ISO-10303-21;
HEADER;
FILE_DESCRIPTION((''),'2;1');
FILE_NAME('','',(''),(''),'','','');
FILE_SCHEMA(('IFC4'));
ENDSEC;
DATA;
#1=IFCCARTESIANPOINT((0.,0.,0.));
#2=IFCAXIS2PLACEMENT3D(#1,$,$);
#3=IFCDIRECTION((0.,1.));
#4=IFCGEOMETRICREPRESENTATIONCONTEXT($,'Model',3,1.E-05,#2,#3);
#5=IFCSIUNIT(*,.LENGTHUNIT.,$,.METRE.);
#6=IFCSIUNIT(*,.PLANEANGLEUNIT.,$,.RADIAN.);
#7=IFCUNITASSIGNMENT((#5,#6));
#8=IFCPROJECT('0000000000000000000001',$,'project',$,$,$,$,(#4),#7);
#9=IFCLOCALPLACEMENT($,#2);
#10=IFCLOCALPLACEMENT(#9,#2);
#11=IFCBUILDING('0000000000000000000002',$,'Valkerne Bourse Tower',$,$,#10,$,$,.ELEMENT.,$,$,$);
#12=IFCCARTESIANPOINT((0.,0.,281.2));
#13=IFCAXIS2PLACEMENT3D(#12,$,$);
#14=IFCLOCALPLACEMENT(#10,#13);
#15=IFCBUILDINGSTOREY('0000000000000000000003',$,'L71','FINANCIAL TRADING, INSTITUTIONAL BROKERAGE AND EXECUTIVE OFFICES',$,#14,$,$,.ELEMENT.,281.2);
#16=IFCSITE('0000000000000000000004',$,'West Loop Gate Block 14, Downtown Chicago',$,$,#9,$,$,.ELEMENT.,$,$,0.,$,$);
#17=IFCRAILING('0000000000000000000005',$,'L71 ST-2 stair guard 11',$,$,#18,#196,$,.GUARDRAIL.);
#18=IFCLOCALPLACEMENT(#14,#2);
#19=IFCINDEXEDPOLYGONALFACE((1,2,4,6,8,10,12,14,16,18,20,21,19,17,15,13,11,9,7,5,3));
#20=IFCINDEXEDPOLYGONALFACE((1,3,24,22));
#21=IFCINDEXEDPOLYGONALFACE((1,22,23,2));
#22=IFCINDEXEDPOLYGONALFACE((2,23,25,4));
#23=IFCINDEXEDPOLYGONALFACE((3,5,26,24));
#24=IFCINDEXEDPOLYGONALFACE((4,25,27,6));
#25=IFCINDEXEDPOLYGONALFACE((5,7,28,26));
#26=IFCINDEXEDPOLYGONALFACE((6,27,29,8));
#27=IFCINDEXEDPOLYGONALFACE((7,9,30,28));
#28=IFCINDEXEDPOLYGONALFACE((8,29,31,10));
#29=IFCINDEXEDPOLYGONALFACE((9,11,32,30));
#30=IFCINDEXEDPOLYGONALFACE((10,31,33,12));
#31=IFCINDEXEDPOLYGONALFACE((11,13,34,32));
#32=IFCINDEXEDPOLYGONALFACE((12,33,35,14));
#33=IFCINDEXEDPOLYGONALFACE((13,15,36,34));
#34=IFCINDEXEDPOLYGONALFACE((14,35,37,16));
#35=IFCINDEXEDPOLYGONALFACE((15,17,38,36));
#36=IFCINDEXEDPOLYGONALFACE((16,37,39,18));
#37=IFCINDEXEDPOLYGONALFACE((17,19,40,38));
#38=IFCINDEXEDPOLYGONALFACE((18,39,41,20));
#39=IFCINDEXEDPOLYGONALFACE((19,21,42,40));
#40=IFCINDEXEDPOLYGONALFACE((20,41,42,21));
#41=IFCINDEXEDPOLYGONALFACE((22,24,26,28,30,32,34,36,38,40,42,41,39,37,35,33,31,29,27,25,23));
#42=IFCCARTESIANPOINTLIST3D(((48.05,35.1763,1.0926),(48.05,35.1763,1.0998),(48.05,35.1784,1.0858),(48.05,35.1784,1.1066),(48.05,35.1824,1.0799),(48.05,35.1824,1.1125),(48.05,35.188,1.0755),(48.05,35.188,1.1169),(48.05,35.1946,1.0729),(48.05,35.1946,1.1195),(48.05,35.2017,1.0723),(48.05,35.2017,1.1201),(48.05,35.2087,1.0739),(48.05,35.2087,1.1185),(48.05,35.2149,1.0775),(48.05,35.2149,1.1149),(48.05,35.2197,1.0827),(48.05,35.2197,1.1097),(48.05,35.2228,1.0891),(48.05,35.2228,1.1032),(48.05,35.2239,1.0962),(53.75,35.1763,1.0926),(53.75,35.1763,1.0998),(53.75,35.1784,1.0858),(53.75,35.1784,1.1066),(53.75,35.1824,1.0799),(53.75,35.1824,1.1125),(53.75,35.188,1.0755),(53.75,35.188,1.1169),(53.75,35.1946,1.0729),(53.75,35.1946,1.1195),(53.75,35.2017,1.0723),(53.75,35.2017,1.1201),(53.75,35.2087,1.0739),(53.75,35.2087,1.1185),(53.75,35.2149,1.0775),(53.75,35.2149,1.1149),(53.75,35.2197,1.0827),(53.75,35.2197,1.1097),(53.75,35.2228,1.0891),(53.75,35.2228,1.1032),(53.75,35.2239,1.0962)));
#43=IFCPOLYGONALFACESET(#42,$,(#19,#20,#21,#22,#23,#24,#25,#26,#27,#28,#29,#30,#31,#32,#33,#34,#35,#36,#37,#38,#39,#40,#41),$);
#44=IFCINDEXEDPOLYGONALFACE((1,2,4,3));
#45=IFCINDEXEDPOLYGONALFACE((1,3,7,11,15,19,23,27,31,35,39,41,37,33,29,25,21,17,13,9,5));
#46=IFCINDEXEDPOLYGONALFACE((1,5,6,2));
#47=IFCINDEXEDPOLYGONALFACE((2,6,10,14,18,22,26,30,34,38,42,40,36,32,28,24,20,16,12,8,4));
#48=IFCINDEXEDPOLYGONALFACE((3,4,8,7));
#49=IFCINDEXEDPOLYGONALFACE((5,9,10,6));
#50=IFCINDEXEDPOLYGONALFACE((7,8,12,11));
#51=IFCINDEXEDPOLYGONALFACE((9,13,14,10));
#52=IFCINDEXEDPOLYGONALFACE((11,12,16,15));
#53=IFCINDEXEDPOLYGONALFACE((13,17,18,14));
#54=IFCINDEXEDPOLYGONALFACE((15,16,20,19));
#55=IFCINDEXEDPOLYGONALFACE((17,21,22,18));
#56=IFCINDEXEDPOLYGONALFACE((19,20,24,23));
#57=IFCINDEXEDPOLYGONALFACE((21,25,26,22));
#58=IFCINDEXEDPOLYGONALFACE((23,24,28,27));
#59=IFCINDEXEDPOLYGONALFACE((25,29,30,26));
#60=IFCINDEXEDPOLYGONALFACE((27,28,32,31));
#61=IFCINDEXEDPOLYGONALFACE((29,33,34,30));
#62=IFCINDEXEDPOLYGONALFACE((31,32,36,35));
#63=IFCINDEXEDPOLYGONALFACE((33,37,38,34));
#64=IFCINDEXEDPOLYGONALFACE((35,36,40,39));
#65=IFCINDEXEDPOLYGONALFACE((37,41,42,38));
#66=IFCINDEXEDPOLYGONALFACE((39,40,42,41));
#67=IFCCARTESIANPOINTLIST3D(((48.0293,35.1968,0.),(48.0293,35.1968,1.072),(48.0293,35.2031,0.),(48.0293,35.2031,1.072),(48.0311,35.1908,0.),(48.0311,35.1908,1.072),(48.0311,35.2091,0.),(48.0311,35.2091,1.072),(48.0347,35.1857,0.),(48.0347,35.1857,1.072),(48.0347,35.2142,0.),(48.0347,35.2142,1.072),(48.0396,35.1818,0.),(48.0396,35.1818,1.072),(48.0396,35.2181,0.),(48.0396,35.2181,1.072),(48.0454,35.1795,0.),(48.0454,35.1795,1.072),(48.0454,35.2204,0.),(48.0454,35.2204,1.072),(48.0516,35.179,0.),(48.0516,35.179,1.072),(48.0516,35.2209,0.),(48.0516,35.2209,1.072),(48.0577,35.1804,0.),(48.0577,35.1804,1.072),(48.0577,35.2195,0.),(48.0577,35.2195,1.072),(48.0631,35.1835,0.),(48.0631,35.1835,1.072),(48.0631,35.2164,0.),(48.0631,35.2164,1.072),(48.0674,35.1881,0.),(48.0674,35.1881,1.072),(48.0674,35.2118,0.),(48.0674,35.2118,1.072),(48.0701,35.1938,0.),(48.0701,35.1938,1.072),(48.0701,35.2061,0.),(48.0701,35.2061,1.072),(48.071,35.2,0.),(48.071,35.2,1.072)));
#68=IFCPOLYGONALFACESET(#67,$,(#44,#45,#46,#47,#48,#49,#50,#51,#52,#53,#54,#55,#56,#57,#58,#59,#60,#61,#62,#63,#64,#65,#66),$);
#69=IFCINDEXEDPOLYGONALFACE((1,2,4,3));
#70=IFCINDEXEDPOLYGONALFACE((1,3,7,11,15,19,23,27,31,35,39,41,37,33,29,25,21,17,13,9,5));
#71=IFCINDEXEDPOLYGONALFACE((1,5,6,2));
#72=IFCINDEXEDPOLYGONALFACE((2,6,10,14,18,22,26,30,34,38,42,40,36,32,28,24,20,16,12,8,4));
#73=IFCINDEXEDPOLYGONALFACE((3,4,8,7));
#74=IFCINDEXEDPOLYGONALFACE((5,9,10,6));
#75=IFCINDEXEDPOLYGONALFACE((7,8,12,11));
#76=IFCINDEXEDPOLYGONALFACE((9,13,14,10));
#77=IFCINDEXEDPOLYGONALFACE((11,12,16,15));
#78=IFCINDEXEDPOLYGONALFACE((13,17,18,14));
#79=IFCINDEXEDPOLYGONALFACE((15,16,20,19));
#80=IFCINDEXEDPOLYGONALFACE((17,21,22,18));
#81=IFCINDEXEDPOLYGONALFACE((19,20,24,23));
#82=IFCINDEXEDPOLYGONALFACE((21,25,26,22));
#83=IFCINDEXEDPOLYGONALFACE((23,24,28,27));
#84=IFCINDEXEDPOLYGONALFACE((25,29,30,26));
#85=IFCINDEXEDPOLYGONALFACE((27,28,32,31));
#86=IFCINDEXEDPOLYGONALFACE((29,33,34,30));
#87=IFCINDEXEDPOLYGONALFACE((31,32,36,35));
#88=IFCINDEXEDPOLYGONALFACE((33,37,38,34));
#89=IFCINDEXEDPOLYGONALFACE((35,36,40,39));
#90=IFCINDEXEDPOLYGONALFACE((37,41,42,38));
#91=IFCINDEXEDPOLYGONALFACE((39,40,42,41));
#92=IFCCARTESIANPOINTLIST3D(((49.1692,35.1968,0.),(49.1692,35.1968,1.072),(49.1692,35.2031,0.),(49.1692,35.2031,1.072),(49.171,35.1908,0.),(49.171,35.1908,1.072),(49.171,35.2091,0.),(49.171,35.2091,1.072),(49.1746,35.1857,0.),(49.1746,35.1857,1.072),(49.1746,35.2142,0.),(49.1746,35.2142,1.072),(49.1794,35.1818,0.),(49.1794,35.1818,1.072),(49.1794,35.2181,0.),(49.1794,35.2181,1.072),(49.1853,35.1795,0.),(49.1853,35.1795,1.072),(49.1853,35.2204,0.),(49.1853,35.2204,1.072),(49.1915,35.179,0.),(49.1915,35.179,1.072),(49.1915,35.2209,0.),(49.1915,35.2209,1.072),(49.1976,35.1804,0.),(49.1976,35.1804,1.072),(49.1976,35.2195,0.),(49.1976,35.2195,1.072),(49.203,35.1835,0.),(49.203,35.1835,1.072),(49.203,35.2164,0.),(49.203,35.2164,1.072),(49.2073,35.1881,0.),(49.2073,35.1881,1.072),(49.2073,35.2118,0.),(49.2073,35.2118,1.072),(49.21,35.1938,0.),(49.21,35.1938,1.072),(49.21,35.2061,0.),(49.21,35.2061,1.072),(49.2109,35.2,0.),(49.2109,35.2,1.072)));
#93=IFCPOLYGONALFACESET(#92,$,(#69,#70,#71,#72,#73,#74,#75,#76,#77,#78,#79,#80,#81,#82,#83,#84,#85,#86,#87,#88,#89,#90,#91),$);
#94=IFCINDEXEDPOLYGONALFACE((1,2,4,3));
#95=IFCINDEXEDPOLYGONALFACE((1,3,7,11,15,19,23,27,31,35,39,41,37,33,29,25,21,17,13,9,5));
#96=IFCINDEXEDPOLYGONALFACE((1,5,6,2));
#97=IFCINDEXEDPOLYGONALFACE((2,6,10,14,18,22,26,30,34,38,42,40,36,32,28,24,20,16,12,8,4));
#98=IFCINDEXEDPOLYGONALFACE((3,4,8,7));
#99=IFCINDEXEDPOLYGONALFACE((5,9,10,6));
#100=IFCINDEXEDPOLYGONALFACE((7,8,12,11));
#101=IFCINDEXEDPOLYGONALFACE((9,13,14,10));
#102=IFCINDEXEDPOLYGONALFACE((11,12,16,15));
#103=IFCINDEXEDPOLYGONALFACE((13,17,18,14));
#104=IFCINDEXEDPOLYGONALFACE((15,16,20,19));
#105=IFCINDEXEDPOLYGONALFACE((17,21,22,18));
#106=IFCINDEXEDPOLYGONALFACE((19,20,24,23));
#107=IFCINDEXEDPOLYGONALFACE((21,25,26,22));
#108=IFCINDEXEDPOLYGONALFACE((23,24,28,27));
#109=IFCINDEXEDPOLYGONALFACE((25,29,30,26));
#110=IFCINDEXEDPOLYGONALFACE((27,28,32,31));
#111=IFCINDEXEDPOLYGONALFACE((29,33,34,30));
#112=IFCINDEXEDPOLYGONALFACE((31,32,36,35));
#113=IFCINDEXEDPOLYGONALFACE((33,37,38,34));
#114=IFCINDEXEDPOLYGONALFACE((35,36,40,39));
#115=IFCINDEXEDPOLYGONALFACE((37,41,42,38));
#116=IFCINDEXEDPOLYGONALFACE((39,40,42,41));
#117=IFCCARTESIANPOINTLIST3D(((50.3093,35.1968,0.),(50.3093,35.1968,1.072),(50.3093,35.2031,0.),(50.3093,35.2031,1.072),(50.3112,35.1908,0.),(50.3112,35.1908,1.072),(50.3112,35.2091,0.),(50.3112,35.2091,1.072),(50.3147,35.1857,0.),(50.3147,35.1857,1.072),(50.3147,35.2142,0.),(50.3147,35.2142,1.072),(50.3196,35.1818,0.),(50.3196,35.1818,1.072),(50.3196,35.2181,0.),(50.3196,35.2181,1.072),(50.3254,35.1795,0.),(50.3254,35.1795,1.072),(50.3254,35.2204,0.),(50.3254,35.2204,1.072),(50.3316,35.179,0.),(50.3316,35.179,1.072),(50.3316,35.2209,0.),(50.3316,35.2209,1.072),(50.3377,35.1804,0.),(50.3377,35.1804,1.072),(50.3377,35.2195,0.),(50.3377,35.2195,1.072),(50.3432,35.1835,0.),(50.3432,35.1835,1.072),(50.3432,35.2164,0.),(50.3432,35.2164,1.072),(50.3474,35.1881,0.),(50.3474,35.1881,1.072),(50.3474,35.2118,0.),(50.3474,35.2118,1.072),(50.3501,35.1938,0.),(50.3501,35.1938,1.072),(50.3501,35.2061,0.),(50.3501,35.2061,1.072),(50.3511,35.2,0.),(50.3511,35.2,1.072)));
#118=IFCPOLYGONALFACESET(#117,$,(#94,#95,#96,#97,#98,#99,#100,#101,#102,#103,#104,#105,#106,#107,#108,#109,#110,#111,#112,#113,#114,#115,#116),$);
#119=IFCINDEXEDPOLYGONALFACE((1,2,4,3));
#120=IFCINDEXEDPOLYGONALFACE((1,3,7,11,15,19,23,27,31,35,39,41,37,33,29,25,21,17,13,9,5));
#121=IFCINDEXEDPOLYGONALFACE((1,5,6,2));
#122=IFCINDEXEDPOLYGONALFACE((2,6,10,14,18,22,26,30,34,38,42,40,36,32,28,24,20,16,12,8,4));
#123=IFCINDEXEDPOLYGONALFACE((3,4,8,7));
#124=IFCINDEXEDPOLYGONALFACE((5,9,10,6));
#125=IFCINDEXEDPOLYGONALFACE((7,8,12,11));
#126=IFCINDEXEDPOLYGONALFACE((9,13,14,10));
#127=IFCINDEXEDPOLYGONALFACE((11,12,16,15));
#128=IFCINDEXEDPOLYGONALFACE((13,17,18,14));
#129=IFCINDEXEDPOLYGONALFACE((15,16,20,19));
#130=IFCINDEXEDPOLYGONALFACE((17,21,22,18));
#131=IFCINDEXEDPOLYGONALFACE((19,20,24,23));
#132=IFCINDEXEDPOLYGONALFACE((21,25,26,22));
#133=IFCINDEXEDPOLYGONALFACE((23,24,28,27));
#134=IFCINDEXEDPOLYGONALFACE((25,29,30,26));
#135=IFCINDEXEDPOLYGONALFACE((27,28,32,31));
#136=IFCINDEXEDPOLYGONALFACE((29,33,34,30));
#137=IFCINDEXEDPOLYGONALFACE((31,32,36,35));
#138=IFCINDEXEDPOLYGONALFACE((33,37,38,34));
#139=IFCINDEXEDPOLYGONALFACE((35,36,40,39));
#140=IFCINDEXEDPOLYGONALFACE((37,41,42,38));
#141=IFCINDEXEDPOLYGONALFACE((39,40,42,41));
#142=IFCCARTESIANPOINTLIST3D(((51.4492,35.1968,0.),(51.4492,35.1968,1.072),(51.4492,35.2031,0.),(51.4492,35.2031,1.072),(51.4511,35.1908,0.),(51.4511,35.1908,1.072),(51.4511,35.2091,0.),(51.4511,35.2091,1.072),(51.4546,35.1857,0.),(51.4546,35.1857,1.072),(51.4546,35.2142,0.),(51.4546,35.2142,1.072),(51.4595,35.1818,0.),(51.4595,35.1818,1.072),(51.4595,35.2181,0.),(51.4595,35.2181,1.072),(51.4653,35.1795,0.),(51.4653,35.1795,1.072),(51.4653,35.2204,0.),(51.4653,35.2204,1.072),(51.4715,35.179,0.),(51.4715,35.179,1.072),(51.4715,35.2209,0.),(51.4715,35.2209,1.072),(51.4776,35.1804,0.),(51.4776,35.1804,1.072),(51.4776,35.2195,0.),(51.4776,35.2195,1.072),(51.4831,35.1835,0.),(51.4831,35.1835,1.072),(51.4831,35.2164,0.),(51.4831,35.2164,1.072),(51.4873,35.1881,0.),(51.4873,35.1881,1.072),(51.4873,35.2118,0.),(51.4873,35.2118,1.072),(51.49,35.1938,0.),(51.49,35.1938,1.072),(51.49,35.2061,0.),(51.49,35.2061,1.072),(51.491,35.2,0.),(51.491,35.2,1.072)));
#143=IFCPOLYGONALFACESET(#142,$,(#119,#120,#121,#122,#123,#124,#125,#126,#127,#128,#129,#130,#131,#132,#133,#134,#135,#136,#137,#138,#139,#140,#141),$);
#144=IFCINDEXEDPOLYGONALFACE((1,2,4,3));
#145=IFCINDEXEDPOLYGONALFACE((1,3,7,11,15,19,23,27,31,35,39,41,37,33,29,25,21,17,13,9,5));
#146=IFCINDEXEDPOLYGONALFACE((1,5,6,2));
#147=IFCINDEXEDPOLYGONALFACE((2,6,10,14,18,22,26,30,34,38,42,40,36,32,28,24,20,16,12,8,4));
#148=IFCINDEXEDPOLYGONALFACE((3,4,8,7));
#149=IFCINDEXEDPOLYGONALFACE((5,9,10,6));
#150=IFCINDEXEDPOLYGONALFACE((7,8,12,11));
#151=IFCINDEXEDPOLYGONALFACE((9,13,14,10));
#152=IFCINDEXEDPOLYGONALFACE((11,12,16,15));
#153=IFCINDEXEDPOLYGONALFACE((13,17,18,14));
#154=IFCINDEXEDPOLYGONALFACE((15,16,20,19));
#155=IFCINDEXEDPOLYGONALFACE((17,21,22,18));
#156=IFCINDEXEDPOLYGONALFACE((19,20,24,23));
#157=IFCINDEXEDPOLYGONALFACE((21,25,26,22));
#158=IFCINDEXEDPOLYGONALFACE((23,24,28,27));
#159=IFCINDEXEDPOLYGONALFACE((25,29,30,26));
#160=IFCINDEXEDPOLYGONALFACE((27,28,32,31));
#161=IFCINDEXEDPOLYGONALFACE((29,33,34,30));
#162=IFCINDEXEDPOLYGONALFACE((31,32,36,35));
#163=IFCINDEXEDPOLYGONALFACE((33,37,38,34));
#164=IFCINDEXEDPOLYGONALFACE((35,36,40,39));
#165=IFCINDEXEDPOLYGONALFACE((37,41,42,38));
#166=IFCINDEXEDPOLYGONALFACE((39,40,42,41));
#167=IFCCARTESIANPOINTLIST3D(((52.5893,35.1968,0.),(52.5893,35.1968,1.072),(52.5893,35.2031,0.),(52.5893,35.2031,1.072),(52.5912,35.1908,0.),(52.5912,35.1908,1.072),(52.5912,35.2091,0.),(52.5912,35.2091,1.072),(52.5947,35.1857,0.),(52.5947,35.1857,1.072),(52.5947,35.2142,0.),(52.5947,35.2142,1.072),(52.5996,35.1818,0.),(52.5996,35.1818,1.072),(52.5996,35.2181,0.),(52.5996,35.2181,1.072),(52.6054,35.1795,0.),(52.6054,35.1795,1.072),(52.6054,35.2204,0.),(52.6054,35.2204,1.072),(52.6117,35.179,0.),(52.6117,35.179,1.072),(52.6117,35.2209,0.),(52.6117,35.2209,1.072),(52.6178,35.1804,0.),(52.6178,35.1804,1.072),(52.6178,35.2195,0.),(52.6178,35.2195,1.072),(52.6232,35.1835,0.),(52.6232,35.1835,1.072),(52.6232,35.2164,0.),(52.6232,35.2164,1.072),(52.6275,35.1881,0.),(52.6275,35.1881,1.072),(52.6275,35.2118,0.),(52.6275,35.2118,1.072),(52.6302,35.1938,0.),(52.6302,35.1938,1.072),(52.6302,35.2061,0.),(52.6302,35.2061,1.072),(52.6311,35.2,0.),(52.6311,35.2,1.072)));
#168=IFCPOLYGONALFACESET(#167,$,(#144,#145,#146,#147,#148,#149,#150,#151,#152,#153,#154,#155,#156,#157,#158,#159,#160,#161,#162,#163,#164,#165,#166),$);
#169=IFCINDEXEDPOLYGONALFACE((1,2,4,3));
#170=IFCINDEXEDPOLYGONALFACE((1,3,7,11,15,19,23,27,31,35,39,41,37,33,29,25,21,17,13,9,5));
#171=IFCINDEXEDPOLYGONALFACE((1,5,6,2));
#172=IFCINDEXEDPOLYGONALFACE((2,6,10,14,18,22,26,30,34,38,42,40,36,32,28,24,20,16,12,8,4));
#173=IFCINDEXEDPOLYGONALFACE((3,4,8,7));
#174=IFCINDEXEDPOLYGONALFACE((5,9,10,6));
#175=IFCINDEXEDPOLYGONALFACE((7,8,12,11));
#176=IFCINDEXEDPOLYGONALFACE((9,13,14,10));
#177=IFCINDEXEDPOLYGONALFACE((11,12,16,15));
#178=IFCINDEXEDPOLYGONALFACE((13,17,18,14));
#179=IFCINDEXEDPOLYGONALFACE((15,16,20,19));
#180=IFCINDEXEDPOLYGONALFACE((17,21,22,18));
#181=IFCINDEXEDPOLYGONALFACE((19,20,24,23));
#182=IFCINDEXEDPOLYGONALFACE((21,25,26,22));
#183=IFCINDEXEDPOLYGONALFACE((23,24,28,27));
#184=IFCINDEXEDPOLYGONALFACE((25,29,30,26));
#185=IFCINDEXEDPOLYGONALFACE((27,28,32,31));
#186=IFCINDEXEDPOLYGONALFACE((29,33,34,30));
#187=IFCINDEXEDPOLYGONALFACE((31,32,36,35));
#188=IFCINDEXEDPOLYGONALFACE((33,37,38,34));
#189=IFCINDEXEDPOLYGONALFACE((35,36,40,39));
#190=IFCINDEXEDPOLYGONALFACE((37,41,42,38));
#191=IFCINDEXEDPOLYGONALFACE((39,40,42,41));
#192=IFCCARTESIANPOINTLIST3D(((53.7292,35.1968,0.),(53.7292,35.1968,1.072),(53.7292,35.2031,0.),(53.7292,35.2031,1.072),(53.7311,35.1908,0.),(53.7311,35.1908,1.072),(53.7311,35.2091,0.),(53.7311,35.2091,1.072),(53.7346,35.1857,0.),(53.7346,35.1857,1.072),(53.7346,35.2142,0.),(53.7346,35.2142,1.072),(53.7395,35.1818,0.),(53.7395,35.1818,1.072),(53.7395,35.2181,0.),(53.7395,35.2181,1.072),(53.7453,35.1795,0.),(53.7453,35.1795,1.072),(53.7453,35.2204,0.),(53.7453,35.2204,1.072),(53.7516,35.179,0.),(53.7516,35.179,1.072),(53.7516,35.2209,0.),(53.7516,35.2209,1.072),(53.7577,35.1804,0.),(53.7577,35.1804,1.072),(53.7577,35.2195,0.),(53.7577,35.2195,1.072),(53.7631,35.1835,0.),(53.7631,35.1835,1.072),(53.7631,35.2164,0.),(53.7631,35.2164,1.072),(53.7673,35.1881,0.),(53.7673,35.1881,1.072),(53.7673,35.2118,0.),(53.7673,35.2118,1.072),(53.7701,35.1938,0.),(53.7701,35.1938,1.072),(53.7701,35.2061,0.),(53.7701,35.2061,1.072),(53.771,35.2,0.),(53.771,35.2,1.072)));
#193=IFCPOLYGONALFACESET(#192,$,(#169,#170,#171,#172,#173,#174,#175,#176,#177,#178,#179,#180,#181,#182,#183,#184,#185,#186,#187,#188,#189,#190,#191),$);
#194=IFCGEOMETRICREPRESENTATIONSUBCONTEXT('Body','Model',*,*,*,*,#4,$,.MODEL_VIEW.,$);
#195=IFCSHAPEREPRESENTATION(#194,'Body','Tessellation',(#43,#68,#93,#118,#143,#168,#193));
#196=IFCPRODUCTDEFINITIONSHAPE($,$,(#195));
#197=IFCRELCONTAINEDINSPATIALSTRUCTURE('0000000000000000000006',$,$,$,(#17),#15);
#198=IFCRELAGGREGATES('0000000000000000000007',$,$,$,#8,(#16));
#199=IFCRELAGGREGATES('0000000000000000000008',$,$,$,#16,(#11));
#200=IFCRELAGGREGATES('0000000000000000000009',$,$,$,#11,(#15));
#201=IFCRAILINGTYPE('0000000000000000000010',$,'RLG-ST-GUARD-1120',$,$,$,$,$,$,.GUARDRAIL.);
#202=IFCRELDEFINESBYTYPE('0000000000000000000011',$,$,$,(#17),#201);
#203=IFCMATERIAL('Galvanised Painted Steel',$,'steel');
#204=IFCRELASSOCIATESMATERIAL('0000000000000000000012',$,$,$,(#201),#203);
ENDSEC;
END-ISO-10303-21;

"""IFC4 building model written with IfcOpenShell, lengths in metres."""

from ifc_helpers import new_model, si_unit, direction, frame, origin, origin_2d, place, context, subcontext, project, spatial, circle, extrude, material, type_object, element, save


model = new_model("IFC4")

# Units and contexts
model_context = context("Model", 3, precision=1e-05, world=origin(), true_north=direction((0.0, 1.0)))
body_context = subcontext(model_context, "Body", "Model", "MODEL_VIEW")
ifc_project = project(units=[si_unit("LENGTHUNIT", "METRE"), si_unit("PLANEANGLEUNIT", "RADIAN")], contexts=[model_context])

# Site, building, storey
site_placement = place(None, origin())
site = spatial("IfcSite", under=ifc_project, at=site_placement, Name="West Loop Gate Block 14, Downtown Chicago", CompositionType="ELEMENT", RefElevation=0.0)
building_placement = place(site_placement, origin())
building = spatial("IfcBuilding", under=site, at=building_placement, Name="Valkerne Bourse Tower", CompositionType="ELEMENT")
storey_placement = place(building_placement, frame((0.0, 0.0, 281.2)))
storey = spatial("IfcBuildingStorey", under=building, at=storey_placement, Name="L71", Description="FINANCIAL TRADING, INSTITUTIONAL BROKERAGE AND EXECUTIVE OFFICES", CompositionType="ELEMENT", Elevation=281.2)

# Shared definitions
ifc_material_1 = material(Name="Galvanised Painted Steel", Category="steel")

# Railing
railing_type_1 = type_object("IfcRailingType", Name="RLG-ST-GUARD-1120", PredefinedType="GUARDRAIL", material=ifc_material_1)
for number, where, name in (
    (1, (48.05, 35.2, 0.0), "L71 ST-2 stair guard 11"),
):
    element("IfcRailing", number, at=place(storey_placement, frame(where)), inside=storey, type_object=railing_type_1, Name=name, PredefinedType="GUARDRAIL", context=body_context, shape_type="SweptSolid", body=[
        extrude(circle(Radius=0.0239, at=origin_2d()), frame((0.0, 0.0, 1.0962), z_axis=(1.0, 0.0, 0.0), x_axis=(0.0, 1.0, 0.0)), (0.0, 0.0, 1.0), 5.7),
        extrude(circle(Radius=0.021, at=origin_2d()), origin(), (0.0, 0.0, 1.0), 1.072),
        extrude(circle(Radius=0.021, at=origin_2d()), frame((1.1399, 0.0, 0.0)), (0.0, 0.0, 1.0), 1.072),
        extrude(circle(Radius=0.021, at=origin_2d()), frame((2.28, 0.0, 0.0)), (0.0, 0.0, 1.0), 1.072),
        extrude(circle(Radius=0.021, at=origin_2d()), frame((3.4199, 0.0, 0.0)), (0.0, 0.0, 1.0), 1.072),
        extrude(circle(Radius=0.021, at=origin_2d()), frame((4.5601, 0.0, 0.0)), (0.0, 0.0, 1.0), 1.072),
        extrude(circle(Radius=0.021, at=origin_2d()), frame((5.7, 0.0, 0.0)), (0.0, 0.0, 1.0), 1.072),
    ])

save(model, "model.ifc")
